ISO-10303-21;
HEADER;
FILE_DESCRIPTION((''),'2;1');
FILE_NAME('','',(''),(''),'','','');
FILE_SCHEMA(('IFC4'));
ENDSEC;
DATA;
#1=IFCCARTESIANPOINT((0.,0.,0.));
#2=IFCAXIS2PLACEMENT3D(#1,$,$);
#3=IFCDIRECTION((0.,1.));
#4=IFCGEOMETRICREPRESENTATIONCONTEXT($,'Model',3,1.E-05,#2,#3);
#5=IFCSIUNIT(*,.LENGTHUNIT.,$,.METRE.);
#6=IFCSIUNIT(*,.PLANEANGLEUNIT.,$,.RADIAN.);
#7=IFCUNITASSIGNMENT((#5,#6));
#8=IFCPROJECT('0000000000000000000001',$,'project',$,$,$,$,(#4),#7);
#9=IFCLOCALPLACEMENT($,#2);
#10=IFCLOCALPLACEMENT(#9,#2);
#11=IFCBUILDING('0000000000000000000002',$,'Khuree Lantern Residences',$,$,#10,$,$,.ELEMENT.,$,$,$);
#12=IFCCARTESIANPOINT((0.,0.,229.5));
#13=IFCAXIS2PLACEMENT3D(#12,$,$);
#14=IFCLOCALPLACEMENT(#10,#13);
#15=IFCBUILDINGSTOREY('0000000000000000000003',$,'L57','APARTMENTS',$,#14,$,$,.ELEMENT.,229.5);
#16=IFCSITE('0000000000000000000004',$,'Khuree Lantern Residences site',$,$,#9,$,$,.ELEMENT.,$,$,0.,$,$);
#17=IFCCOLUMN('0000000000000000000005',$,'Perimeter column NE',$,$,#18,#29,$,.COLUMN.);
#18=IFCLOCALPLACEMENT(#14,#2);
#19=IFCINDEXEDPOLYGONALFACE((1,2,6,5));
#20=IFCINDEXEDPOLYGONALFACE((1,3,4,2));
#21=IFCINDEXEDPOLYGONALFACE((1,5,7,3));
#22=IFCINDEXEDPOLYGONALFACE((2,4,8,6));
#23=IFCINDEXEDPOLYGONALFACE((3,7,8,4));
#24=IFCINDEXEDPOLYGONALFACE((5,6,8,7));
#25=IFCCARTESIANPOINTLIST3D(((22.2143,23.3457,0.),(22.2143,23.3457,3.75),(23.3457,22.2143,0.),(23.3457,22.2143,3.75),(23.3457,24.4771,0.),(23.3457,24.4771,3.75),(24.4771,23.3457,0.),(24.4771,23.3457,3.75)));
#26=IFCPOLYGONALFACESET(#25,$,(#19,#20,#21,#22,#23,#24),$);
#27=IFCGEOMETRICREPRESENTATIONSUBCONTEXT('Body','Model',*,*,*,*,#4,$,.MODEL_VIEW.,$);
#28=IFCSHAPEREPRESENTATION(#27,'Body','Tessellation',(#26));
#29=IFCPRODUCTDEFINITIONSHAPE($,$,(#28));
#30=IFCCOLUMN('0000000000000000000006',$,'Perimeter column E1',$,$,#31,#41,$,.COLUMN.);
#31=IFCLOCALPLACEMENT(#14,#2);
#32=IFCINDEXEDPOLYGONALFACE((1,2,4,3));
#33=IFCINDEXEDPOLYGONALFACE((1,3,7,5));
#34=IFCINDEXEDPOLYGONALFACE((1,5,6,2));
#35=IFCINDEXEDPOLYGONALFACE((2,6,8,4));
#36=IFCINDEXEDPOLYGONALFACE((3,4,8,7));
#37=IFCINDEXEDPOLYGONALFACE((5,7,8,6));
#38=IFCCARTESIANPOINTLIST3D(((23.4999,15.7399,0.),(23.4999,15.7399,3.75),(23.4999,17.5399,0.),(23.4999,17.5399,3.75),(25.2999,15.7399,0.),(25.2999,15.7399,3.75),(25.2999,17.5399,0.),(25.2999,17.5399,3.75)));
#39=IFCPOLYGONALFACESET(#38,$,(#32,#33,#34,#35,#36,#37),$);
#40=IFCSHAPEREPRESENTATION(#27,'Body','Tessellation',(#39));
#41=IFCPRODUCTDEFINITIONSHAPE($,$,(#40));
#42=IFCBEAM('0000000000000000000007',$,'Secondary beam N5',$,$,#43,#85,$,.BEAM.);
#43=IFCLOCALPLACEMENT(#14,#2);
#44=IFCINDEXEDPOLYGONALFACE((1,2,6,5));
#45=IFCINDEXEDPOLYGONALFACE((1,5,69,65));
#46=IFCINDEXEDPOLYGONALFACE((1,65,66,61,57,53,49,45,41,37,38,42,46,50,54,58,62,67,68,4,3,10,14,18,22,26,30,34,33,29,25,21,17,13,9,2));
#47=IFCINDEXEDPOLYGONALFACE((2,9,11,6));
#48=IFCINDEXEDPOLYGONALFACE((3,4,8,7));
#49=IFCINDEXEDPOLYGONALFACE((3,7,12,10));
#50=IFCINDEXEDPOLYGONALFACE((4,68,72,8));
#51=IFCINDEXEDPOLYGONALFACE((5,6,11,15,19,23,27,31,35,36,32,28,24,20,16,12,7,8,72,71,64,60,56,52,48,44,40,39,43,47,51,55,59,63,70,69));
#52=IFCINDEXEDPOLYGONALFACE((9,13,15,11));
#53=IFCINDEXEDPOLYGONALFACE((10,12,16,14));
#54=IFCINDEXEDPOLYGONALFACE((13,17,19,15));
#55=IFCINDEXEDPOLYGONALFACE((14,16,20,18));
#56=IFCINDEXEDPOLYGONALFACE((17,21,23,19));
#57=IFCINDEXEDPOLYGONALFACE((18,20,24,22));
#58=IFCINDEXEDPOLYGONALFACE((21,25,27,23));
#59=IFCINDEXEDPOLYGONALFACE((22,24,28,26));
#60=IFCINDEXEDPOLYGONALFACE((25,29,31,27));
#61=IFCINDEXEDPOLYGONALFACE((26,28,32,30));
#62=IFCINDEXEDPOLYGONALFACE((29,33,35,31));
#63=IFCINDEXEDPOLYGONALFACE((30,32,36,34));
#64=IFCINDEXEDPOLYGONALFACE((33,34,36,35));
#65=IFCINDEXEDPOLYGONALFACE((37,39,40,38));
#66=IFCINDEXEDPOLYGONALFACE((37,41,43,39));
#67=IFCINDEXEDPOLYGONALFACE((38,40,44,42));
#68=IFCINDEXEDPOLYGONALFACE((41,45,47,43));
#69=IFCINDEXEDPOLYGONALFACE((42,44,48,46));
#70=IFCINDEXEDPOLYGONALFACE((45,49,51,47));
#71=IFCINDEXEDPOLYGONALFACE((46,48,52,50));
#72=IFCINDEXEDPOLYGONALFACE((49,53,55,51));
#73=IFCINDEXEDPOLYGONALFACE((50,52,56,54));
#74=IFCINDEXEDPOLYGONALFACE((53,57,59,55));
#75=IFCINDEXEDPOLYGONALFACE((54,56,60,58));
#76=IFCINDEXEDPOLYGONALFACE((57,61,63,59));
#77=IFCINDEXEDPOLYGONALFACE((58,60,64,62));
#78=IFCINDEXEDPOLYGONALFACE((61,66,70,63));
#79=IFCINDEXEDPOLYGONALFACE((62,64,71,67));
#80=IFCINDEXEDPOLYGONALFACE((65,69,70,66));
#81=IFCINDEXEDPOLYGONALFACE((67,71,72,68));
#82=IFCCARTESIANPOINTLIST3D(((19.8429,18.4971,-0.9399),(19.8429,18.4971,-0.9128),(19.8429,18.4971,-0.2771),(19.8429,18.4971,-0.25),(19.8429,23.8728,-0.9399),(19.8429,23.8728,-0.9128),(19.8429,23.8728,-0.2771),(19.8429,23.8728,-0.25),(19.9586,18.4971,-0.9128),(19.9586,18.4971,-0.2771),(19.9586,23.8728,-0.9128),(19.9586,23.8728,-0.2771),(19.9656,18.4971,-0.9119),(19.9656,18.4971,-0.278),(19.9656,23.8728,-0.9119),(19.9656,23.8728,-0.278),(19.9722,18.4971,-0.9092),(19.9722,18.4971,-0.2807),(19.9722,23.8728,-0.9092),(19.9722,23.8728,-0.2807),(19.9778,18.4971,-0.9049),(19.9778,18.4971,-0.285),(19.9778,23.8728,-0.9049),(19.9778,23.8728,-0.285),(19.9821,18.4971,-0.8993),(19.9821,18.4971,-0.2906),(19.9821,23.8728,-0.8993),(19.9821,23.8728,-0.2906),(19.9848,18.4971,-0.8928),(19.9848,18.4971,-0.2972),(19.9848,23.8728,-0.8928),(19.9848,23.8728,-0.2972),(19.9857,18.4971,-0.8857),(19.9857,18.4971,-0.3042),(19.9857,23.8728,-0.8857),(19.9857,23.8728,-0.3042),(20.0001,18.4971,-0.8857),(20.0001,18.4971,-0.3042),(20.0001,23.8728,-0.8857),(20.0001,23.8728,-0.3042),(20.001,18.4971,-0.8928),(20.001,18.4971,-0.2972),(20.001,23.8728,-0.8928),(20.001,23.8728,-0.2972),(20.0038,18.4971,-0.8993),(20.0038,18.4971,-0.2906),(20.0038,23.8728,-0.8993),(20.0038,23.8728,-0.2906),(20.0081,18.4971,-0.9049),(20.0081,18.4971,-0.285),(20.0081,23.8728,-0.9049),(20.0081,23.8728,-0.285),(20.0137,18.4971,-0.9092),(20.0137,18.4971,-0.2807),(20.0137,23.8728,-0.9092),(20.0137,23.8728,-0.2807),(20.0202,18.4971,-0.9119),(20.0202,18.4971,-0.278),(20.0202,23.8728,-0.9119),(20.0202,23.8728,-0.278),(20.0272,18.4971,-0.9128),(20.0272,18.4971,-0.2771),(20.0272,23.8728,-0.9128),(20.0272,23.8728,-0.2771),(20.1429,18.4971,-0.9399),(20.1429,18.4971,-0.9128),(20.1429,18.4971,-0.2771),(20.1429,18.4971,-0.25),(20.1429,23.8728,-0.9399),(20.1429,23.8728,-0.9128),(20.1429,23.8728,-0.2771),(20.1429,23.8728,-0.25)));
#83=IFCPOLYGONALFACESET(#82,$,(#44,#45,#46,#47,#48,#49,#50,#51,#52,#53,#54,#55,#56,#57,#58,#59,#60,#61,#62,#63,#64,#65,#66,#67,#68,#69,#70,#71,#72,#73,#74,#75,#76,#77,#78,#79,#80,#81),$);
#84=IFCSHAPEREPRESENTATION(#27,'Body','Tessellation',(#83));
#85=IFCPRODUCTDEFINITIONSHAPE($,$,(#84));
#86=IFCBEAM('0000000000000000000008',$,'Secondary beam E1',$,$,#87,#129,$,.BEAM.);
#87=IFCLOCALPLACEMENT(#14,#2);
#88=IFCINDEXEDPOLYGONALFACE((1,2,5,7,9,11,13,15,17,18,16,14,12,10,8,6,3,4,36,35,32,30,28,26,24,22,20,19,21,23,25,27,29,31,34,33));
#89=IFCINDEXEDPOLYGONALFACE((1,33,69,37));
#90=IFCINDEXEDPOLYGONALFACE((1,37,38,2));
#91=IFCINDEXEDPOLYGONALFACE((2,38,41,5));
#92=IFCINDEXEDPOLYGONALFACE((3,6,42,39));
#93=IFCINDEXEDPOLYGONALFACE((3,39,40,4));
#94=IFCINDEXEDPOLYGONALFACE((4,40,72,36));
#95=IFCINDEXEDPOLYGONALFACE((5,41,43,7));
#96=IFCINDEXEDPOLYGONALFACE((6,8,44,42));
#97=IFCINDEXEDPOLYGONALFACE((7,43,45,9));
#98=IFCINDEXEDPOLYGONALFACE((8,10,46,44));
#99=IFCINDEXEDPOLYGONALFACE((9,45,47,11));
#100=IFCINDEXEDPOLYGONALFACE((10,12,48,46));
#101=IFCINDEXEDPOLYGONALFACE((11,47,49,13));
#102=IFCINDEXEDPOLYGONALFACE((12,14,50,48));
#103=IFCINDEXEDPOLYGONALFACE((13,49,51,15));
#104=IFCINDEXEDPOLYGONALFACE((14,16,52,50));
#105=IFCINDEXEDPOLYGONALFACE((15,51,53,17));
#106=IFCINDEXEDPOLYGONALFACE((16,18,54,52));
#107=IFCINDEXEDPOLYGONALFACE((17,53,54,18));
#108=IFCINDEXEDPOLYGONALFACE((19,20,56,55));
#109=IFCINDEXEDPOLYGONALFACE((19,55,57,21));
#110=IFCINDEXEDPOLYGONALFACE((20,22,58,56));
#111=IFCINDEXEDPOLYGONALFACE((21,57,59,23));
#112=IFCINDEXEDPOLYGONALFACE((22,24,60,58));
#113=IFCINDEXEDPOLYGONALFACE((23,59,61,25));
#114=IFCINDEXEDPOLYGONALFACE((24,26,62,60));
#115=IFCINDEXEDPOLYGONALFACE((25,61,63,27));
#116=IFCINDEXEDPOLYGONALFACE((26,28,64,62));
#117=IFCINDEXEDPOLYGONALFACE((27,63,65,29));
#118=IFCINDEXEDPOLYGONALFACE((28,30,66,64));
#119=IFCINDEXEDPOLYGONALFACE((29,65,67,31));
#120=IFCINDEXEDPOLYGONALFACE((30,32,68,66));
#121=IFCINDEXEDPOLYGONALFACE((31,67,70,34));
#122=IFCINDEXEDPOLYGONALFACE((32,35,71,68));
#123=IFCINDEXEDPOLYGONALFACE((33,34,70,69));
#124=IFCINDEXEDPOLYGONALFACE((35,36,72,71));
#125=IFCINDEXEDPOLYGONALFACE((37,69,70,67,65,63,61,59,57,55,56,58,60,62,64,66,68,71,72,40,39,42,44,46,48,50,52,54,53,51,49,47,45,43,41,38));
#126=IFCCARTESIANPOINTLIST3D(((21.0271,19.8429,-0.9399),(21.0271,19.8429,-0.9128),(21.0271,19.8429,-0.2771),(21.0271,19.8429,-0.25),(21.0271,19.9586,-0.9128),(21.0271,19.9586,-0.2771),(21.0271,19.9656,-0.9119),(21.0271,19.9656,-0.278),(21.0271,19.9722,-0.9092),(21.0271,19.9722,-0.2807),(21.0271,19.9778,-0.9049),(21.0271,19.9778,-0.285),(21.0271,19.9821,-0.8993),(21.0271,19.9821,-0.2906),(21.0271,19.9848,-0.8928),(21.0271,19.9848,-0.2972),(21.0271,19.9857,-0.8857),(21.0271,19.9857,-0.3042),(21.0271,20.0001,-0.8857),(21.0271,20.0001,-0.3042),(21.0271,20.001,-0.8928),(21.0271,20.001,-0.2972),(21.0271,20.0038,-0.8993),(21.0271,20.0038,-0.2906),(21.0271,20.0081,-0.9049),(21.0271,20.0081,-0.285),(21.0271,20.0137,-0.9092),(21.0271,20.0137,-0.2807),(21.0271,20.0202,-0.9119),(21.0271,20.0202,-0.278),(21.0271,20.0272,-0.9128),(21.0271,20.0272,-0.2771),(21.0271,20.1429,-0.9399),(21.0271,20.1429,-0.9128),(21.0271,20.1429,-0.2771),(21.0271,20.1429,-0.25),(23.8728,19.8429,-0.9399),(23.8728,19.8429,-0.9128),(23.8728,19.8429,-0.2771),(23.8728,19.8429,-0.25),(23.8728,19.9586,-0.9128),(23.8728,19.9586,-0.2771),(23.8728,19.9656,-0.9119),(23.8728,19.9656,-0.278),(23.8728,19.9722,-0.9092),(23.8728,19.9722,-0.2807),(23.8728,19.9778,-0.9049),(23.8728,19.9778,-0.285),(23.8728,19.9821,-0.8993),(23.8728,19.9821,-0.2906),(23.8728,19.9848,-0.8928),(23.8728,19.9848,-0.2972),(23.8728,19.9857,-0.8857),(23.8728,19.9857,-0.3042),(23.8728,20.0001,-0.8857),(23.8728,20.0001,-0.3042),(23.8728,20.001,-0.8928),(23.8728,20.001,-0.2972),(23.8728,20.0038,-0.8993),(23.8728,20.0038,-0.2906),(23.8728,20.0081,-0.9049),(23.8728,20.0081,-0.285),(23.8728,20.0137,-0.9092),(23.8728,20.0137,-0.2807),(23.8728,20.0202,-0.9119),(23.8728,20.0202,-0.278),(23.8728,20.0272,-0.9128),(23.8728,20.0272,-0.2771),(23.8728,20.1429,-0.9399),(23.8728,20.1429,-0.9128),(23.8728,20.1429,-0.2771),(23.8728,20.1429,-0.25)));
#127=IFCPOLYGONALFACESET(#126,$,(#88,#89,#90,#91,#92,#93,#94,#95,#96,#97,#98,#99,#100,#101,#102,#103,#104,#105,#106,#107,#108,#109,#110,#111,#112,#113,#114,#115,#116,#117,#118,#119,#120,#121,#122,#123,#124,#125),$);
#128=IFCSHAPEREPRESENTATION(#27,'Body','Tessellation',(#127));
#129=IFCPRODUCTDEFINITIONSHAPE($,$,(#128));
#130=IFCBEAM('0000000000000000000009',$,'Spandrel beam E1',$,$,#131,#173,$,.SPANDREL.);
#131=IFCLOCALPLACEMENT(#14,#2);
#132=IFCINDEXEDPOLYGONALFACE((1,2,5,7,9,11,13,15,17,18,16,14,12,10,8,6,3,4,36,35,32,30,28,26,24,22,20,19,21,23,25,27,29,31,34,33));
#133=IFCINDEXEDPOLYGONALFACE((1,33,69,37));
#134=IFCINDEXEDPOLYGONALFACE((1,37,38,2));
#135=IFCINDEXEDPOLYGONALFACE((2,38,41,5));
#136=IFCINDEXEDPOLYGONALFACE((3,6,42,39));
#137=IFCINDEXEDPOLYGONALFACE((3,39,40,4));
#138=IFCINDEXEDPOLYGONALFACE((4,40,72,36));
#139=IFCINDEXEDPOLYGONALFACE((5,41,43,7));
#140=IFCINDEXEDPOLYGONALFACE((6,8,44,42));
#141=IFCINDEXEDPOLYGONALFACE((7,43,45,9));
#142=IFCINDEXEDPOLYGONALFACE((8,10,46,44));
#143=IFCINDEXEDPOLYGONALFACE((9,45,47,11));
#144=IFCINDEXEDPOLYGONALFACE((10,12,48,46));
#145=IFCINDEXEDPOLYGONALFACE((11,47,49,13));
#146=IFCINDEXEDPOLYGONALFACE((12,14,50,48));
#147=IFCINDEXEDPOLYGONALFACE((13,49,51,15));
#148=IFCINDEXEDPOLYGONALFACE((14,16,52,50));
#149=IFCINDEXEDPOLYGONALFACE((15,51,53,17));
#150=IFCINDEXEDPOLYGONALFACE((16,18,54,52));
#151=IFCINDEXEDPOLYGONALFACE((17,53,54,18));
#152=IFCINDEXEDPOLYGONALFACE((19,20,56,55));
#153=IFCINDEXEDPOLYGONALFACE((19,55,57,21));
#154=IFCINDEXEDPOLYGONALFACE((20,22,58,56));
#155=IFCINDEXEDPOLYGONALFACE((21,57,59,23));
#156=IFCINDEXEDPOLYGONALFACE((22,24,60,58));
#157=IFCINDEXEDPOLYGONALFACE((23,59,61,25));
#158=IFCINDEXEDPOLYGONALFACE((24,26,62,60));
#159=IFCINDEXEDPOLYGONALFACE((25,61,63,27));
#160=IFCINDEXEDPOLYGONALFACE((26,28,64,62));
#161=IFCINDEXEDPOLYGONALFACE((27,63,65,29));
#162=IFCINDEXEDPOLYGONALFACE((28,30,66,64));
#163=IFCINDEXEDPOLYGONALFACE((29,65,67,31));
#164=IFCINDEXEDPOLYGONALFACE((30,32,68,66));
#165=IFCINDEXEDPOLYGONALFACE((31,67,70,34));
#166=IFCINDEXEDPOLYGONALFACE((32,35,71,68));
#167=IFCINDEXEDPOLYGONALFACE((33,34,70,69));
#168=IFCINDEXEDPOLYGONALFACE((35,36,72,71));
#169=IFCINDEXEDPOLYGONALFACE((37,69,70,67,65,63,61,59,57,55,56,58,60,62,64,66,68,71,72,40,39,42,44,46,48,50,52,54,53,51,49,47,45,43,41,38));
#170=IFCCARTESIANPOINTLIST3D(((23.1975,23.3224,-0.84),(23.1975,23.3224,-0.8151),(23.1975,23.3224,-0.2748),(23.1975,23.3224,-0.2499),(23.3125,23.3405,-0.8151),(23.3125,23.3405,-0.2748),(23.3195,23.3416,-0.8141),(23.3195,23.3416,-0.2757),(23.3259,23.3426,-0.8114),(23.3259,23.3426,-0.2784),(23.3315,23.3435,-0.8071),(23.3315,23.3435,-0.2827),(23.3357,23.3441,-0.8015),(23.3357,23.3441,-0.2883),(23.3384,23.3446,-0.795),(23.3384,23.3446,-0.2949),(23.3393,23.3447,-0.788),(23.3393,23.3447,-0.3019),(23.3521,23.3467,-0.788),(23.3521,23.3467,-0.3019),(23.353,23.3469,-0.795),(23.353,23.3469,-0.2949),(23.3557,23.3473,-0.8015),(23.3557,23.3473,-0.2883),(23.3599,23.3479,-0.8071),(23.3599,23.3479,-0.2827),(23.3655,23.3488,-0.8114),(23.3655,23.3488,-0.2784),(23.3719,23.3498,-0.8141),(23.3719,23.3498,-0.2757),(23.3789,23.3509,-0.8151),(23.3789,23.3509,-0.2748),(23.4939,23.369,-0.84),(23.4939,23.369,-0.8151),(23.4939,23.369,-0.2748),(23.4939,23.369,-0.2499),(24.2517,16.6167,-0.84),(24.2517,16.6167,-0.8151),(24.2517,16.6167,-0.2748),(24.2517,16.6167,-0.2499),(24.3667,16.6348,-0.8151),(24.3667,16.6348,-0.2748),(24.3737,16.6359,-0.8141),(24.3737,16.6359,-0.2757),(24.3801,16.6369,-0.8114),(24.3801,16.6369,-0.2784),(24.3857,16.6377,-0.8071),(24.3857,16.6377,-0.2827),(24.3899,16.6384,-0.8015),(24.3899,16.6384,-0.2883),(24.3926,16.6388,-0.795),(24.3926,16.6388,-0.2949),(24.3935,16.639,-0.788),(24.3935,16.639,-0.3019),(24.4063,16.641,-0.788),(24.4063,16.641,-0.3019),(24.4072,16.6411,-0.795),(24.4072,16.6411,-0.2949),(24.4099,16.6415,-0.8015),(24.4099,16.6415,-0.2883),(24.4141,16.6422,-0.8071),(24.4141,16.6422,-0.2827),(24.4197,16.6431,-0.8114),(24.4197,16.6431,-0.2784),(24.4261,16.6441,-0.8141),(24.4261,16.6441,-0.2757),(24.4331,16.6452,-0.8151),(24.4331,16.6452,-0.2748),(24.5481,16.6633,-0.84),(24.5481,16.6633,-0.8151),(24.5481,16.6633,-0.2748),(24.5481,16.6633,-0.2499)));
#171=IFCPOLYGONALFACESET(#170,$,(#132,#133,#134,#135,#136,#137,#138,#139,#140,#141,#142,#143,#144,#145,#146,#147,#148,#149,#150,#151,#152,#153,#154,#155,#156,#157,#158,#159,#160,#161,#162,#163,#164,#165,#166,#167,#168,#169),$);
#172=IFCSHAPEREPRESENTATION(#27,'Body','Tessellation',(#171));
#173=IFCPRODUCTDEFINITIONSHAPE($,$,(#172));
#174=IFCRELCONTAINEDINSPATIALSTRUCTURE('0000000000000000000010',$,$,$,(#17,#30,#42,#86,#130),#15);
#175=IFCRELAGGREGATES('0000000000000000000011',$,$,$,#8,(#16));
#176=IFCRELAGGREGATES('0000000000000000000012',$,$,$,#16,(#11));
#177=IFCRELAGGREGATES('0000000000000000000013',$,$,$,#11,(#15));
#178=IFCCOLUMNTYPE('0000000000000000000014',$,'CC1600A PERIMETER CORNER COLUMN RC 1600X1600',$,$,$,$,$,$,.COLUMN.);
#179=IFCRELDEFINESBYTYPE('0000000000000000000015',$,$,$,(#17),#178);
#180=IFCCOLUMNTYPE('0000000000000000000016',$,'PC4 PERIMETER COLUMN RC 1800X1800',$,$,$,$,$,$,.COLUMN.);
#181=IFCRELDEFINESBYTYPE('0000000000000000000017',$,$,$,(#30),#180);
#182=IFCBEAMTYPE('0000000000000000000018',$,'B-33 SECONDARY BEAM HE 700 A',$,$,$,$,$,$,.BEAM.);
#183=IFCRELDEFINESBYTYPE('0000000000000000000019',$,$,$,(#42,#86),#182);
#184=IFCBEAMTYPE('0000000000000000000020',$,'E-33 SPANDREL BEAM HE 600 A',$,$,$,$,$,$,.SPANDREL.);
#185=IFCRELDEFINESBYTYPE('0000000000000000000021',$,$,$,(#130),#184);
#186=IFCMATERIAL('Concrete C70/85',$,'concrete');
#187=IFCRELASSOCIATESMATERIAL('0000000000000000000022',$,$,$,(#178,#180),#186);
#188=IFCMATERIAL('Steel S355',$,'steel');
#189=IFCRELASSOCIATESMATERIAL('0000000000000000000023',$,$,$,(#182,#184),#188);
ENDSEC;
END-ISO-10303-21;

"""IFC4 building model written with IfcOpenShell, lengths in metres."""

from ifc_helpers import new_model, si_unit, direction, frame, origin, origin_2d, place, context, subcontext, project, spatial, rectangle, i_section, extrude, material, material_profile, profile_set, type_object, element, save


model = new_model("IFC4")

# Units and contexts
model_context = context("Model", 3, precision=1e-05, world=origin(), true_north=direction((0.0, 1.0)))
body_context = subcontext(model_context, "Body", "Model", "MODEL_VIEW")
ifc_project = project(units=[si_unit("LENGTHUNIT", "METRE"), si_unit("PLANEANGLEUNIT", "RADIAN")], contexts=[model_context])

# Site, building, storey
site_placement = place(None, origin())
site = spatial("IfcSite", under=ifc_project, at=site_placement, Name="Khuree Lantern Residences site", CompositionType="ELEMENT", RefElevation=0.0)
building_placement = place(site_placement, origin())
building = spatial("IfcBuilding", under=site, at=building_placement, Name="Khuree Lantern Residences", CompositionType="ELEMENT")
storey_placement = place(building_placement, frame((0.0, 0.0, 229.5)))
storey = spatial("IfcBuildingStorey", under=building, at=storey_placement, Name="L57", Description="APARTMENTS", CompositionType="ELEMENT", Elevation=229.5)

# Columns
ifc_material_1 = material(Name="Concrete C70/85", Category="concrete")
ifc_material_profile_1 = material_profile(ifc_material_1, rectangle(XDim=1.6001, YDim=1.6001, at=origin_2d()), Name="RC 1600X1600")
ifc_profile_set_1 = profile_set([ifc_material_profile_1], Name="Concrete C70/85")
column_type_1 = type_object("IfcColumnType", Name="CC1600A PERIMETER CORNER COLUMN RC 1600X1600", PredefinedType="COLUMN", material=ifc_profile_set_1)
column_1_placement = place(storey_placement, frame((23.3457, 23.3457, 0.0), z_axis=(0.0, 0.0, 1.0), x_axis=(0.707107, -0.707107, 0.0)))
element("IfcColumn", 1, at=column_1_placement, inside=storey, type_object=column_type_1, Name="Perimeter column NE", PredefinedType="COLUMN", context=body_context, shape_type="SweptSolid", body=[
    extrude(rectangle(XDim=1.6001, YDim=1.6001, at=origin_2d()), origin(), (0.0, 0.0, 1.0), 3.75),
])
ifc_material_profile_2 = material_profile(ifc_material_1, rectangle(XDim=1.8, YDim=1.8, at=origin_2d()), Name="RC 1800X1800")
ifc_profile_set_2 = profile_set([ifc_material_profile_2], Name="Concrete C70/85")
column_type_2 = type_object("IfcColumnType", Name="PC4 PERIMETER COLUMN RC 1800X1800", PredefinedType="COLUMN", material=ifc_profile_set_2)
column_2_placement = place(storey_placement, frame((24.3999, 16.6399, 0.0), z_axis=(0.0, 0.0, 1.0), x_axis=(0.0, 1.0, 0.0)))
element("IfcColumn", 2, at=column_2_placement, inside=storey, type_object=column_type_2, Name="Perimeter column E1", PredefinedType="COLUMN", context=body_context, shape_type="SweptSolid", body=[
    extrude(rectangle(XDim=1.8, YDim=1.8, at=origin_2d()), origin(), (0.0, 0.0, 1.0), 3.75),
])

# Beams
ifc_material_2 = material(Name="Steel S355", Category="steel")
ifc_material_profile_3 = material_profile(ifc_material_2, i_section(OverallWidth=0.3, OverallDepth=0.6899, WebThickness=0.0144, FlangeThickness=0.0271, FilletRadius=0.0271, at=origin_2d()), Name="HE 700 A")
ifc_profile_set_3 = profile_set([ifc_material_profile_3], Name="Steel S355")
beam_type_1 = type_object("IfcBeamType", Name="B-33 SECONDARY BEAM HE 700 A", PredefinedType="BEAM", material=ifc_profile_set_3)
beam_1_placement = place(storey_placement, frame((19.9929, 23.8728, -0.595), z_axis=(0.0, -1.0, 0.0), x_axis=(1.0, 0.0, 0.0)))
element("IfcBeam", 3, at=beam_1_placement, inside=storey, type_object=beam_type_1, Name="Secondary beam N5", PredefinedType="BEAM", context=body_context, shape_type="SweptSolid", body=[
    extrude(i_section(OverallWidth=0.3, OverallDepth=0.6899, WebThickness=0.0144, FlangeThickness=0.0271, FilletRadius=0.0271, at=origin_2d()), origin(), (0.0, 0.0, 1.0), 5.3757),
])
beam_2_placement = place(storey_placement, frame((23.8728, 19.9929, -0.595), z_axis=(-1.0, 0.0, 0.0), x_axis=(0.0, -1.0, 0.0)))
element("IfcBeam", 4, at=beam_2_placement, inside=storey, type_object=beam_type_1, Name="Secondary beam E1", PredefinedType="BEAM", context=body_context, shape_type="SweptSolid", body=[
    extrude(i_section(OverallWidth=0.3, OverallDepth=0.6899, WebThickness=0.0144, FlangeThickness=0.0271, FilletRadius=0.0271, at=origin_2d()), origin(), (0.0, 0.0, 1.0), 2.8457),
])
ifc_material_profile_4 = material_profile(ifc_material_2, i_section(OverallWidth=0.3, OverallDepth=0.5901, WebThickness=0.0129, FlangeThickness=0.0249, FilletRadius=0.0271, at=origin_2d()), Name="HE 600 A")
ifc_profile_set_4 = profile_set([ifc_material_profile_4], Name="Steel S355")
beam_type_2 = type_object("IfcBeamType", Name="E-33 SPANDREL BEAM HE 600 A", PredefinedType="SPANDREL", material=ifc_profile_set_4)
beam_3_placement = place(storey_placement, frame((23.3457, 23.3457, -0.5449), z_axis=(0.1553, -0.987867, 0.0), x_axis=(0.987867, 0.1553, 0.0)))
element("IfcBeam", 5, at=beam_3_placement, inside=storey, type_object=beam_type_2, Name="Spandrel beam E1", PredefinedType="SPANDREL", context=body_context, shape_type="SweptSolid", body=[
    extrude(i_section(OverallWidth=0.3, OverallDepth=0.5901, WebThickness=0.0129, FlangeThickness=0.0249, FilletRadius=0.0271, at=origin_2d()), origin(), (0.0, 0.0, 1.0), 6.7881),
])

save(model, "model.ifc")
